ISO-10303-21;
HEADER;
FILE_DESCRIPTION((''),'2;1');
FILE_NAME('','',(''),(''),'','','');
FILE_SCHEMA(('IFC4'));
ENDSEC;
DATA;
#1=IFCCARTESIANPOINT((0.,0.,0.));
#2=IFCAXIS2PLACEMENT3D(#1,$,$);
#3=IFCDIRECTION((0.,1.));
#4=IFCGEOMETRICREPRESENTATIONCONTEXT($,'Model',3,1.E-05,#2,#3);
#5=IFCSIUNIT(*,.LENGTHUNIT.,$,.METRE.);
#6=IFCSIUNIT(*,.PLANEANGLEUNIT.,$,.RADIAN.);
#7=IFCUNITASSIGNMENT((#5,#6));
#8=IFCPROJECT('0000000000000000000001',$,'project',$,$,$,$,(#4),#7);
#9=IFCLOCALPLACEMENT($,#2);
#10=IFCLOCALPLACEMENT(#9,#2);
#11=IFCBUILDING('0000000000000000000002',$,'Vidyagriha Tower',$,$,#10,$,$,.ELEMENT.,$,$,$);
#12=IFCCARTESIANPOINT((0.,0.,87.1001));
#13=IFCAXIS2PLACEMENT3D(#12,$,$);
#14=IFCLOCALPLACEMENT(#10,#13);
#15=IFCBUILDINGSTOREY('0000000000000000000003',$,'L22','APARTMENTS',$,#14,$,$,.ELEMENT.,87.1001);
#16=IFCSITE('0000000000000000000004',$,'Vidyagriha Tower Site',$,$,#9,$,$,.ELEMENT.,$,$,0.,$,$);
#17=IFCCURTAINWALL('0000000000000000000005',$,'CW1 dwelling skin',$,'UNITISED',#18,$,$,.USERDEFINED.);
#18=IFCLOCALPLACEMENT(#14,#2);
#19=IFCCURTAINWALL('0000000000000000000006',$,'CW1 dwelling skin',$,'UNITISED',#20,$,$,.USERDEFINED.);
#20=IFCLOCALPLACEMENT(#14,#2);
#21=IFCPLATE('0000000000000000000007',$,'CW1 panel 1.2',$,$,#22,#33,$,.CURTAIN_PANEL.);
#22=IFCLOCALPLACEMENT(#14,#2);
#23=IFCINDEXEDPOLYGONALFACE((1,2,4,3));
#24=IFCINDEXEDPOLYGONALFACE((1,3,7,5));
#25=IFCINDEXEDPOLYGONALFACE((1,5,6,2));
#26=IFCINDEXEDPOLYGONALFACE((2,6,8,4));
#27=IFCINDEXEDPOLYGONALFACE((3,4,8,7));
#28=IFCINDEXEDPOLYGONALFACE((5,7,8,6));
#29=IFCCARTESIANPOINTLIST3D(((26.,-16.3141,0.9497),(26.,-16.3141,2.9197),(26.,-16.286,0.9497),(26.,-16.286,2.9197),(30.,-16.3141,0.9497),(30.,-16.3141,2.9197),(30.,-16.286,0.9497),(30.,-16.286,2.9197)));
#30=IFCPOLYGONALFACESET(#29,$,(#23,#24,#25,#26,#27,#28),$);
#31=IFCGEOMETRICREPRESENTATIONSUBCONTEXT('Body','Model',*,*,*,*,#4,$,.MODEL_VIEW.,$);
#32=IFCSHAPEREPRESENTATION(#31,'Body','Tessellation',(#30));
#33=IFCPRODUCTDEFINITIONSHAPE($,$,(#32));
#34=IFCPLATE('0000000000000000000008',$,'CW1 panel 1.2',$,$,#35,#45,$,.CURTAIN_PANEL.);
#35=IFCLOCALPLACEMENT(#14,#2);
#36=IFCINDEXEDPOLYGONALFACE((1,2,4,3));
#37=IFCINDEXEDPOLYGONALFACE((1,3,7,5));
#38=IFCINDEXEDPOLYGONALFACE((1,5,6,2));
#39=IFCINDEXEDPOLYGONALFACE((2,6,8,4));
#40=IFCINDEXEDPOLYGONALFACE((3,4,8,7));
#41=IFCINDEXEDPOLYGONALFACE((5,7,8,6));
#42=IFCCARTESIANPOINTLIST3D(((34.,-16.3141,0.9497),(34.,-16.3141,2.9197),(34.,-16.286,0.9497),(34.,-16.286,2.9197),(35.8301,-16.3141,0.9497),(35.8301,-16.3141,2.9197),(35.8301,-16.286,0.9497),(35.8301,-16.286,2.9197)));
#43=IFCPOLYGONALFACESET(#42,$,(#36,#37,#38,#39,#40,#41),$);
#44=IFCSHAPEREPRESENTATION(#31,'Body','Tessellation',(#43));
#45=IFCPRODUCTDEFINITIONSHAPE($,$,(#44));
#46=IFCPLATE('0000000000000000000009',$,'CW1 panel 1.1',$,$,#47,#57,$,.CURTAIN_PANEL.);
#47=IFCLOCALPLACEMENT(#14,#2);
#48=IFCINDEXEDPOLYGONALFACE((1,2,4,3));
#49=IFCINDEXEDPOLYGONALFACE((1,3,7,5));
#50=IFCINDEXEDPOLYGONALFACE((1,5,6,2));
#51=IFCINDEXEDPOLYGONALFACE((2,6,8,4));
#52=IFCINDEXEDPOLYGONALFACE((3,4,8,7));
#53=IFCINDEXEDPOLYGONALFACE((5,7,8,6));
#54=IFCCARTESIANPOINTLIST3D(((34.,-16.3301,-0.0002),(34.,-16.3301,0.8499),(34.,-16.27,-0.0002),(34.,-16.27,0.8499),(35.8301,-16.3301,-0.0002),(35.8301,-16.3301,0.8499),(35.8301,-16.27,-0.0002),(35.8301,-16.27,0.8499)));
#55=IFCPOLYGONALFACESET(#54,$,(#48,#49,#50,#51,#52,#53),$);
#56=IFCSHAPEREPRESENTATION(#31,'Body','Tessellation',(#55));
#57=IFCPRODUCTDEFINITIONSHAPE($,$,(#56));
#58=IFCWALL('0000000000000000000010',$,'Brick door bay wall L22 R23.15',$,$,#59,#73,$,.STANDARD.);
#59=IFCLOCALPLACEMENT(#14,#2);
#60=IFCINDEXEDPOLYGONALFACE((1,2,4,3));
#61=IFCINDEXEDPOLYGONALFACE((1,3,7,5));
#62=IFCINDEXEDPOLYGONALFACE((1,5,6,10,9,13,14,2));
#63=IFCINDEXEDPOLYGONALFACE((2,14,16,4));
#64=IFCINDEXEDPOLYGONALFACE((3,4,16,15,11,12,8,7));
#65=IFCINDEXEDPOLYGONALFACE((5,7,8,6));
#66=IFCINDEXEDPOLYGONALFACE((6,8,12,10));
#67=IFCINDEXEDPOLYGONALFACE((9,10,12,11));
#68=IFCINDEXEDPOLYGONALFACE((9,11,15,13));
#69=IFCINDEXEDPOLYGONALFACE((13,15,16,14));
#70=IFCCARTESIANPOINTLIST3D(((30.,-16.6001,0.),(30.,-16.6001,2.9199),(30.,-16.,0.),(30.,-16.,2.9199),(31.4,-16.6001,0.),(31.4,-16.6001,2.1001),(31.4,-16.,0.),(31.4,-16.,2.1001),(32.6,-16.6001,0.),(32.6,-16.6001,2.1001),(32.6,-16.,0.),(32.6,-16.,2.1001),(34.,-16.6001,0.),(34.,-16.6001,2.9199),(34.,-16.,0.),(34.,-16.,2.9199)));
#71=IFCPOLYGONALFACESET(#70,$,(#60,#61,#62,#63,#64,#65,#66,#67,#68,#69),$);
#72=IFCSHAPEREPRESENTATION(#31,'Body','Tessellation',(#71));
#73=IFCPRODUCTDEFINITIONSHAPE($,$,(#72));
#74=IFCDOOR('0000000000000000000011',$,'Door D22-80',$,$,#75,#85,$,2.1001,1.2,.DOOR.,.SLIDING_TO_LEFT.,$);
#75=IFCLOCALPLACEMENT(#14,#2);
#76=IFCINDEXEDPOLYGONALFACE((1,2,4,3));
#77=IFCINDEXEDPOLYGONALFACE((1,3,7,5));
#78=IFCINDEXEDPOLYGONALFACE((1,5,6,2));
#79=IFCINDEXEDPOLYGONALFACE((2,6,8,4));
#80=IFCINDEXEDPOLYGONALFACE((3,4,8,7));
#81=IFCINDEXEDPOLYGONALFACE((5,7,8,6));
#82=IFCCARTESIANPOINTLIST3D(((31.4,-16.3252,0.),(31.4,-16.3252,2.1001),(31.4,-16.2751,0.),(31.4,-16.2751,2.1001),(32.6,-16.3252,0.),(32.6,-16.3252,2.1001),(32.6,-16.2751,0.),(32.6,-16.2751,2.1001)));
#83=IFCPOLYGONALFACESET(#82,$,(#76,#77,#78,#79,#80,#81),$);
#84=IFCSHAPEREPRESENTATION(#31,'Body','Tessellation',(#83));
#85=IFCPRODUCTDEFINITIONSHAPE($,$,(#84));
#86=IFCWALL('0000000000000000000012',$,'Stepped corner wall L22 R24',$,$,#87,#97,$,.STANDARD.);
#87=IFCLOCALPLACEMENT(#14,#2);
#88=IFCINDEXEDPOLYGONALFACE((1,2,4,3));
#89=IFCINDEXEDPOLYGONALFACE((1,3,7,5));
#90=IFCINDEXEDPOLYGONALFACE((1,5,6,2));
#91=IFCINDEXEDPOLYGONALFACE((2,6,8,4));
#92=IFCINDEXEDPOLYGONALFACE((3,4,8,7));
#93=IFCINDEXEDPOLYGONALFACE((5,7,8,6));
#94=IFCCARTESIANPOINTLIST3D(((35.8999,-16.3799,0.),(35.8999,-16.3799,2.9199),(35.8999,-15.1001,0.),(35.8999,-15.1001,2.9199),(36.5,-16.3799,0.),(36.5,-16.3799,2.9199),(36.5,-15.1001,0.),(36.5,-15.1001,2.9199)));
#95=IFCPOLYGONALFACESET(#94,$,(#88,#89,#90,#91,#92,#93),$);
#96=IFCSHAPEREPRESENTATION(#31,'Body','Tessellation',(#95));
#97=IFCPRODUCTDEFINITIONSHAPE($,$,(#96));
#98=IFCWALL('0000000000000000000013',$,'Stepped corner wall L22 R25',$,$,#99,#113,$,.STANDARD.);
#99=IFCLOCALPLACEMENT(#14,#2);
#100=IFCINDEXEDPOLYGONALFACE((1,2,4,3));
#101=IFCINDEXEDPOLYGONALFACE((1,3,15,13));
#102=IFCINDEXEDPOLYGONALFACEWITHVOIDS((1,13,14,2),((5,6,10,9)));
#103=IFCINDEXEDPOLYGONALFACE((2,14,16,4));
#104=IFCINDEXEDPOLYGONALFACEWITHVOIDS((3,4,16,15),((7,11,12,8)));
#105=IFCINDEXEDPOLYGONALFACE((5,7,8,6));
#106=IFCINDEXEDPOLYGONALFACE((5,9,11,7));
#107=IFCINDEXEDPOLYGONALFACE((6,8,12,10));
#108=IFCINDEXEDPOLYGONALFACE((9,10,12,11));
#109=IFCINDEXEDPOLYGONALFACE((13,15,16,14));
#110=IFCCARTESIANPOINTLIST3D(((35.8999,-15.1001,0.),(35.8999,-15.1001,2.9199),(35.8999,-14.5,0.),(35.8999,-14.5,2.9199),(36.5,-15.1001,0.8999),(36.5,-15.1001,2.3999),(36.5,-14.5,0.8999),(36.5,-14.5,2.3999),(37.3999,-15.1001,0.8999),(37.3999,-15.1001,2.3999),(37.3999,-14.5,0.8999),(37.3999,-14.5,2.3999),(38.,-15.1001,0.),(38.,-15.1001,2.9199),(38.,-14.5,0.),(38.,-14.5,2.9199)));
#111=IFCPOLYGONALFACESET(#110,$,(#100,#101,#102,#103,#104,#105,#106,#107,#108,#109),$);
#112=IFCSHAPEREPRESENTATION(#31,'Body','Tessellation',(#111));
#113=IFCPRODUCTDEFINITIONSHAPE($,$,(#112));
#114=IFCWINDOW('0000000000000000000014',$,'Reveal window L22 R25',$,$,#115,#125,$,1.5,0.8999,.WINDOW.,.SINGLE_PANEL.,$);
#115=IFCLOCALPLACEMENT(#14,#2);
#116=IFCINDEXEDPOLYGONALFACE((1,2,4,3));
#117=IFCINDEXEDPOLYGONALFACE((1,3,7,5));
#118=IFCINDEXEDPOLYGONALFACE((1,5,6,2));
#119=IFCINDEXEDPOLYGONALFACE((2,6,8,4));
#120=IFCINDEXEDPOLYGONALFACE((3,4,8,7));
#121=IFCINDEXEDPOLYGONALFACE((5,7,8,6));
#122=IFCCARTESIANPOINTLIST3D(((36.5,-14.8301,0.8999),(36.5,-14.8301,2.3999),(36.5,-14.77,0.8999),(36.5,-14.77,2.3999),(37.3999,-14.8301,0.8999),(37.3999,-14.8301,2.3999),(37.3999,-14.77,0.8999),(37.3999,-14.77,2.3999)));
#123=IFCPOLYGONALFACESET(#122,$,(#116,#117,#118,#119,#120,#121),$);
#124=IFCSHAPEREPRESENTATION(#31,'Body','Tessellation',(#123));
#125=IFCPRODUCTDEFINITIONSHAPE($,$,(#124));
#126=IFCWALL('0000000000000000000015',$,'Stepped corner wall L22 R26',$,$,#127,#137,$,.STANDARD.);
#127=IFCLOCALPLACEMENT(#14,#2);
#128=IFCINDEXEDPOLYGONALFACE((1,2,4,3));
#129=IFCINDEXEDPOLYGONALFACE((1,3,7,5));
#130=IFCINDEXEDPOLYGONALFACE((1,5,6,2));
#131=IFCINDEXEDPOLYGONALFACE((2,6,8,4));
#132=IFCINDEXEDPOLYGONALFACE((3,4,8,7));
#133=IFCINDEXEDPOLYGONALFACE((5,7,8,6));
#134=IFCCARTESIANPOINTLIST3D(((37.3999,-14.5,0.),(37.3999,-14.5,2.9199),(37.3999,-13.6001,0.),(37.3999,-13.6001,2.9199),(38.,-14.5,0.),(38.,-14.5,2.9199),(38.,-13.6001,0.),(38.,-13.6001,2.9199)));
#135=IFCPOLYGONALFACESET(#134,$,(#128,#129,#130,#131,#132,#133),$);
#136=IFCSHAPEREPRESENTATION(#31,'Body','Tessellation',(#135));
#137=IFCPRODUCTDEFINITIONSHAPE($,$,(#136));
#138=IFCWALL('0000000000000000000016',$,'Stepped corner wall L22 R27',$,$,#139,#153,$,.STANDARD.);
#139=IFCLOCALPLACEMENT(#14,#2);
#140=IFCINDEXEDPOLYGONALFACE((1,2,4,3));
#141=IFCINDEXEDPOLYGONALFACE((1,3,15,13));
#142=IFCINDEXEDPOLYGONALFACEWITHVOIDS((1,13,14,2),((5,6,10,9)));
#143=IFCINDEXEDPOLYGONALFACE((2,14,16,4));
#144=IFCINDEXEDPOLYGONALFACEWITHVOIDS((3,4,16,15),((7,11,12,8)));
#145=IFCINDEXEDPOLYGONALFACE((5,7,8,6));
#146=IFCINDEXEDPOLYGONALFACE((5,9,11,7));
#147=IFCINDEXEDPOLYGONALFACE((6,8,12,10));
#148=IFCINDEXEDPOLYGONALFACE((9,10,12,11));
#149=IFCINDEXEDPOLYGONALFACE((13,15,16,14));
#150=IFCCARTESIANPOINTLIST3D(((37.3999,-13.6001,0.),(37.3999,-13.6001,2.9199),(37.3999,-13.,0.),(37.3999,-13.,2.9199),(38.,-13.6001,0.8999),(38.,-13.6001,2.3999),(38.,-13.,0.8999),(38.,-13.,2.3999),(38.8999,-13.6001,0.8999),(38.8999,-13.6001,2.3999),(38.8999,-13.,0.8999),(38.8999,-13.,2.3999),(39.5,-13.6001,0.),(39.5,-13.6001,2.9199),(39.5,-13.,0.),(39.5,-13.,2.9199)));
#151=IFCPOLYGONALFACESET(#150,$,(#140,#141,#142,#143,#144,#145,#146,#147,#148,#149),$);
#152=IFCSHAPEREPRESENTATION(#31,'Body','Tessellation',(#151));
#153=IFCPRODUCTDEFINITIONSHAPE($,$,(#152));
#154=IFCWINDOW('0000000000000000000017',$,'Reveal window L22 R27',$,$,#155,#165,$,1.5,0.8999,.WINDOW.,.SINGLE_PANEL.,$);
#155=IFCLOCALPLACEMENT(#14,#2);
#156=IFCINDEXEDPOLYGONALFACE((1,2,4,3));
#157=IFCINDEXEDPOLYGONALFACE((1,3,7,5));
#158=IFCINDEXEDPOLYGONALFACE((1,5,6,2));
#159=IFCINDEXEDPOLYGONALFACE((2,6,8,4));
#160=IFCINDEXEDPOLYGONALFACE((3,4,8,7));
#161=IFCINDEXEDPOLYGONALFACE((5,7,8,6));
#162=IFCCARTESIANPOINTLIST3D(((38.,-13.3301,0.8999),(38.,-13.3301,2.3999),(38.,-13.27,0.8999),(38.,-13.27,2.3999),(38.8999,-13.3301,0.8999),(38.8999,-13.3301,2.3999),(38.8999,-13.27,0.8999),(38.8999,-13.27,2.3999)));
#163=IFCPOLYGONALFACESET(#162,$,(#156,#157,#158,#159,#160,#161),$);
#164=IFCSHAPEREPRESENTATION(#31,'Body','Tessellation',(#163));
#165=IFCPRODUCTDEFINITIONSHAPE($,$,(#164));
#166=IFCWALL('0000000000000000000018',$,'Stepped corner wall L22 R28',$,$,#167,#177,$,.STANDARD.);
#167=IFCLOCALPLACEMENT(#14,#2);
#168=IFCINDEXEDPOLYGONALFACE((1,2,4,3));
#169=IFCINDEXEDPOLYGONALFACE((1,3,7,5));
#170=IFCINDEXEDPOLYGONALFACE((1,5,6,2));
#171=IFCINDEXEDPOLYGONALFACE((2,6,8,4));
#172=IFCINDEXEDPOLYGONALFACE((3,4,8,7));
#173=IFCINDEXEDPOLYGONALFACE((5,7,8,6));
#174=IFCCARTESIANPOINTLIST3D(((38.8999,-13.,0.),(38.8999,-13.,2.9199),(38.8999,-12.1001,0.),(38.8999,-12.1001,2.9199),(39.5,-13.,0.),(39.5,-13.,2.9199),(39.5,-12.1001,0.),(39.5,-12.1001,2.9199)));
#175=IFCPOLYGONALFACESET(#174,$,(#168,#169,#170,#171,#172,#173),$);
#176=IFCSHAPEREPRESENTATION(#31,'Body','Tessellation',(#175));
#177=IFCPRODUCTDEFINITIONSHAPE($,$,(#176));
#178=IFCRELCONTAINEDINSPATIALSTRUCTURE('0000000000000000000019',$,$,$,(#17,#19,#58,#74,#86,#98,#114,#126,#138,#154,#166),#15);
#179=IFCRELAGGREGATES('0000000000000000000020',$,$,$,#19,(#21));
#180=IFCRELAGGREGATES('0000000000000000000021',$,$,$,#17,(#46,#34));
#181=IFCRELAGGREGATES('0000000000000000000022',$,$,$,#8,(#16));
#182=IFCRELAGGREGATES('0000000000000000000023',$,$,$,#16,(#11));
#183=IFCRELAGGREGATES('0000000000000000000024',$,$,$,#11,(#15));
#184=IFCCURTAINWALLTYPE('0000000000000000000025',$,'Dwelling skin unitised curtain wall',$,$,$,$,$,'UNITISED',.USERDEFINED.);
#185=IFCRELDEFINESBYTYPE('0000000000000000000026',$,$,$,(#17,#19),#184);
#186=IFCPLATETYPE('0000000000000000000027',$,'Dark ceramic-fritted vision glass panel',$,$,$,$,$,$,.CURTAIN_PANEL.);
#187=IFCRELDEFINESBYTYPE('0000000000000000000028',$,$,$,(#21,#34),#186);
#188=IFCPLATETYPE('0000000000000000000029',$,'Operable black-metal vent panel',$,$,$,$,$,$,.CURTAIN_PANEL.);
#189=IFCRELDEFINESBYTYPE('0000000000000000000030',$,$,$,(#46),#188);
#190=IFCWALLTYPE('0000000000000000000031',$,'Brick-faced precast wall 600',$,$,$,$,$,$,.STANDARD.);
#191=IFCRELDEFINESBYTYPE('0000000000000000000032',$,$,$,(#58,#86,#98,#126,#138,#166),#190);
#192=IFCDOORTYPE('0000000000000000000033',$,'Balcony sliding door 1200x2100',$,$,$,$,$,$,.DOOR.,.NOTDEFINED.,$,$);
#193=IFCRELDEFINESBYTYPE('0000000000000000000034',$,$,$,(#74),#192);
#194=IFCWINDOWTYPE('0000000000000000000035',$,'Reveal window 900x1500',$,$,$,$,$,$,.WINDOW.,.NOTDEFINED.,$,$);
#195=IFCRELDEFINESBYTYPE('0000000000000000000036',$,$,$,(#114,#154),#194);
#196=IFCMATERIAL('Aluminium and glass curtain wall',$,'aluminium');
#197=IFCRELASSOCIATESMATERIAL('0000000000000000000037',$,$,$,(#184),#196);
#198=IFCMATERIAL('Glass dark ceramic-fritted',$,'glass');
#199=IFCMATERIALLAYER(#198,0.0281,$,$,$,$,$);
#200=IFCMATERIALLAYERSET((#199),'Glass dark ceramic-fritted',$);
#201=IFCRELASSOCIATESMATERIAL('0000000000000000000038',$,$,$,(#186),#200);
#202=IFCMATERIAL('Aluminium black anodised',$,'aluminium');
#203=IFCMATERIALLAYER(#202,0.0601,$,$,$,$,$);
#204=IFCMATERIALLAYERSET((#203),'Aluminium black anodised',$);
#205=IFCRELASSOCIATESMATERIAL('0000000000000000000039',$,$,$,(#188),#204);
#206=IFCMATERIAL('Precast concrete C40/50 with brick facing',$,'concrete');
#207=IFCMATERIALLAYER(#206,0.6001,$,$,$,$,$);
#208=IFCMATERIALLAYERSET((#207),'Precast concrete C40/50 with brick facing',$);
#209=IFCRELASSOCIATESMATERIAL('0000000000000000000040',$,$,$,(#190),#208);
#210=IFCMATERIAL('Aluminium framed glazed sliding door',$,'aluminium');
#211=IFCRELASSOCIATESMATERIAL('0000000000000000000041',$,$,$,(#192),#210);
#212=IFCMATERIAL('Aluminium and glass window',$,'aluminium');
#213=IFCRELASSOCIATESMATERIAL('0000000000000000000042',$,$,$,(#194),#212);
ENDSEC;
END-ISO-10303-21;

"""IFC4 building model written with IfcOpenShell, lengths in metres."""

from ifc_helpers import new_model, si_unit, direction, frame, frame_2d, origin, origin_2d, place, context, subcontext, project, spatial, rectangle, extrude, material, layer, layer_set, type_object, element, fill, aggregate, save


model = new_model("IFC4")

# Units and contexts
model_context = context("Model", 3, precision=1e-05, world=origin(), true_north=direction((0.0, 1.0)))
body_context = subcontext(model_context, "Body", "Model", "MODEL_VIEW")
ifc_project = project(units=[si_unit("LENGTHUNIT", "METRE"), si_unit("PLANEANGLEUNIT", "RADIAN")], contexts=[model_context])

# Site, building, storey
site_placement = place(None, origin())
site = spatial("IfcSite", under=ifc_project, at=site_placement, Name="Vidyagriha Tower Site", CompositionType="ELEMENT", RefElevation=0.0)
building_placement = place(site_placement, origin())
building = spatial("IfcBuilding", under=site, at=building_placement, Name="Vidyagriha Tower", CompositionType="ELEMENT")
storey_placement = place(building_placement, frame((0.0, 0.0, 87.1001)))
storey = spatial("IfcBuildingStorey", under=building, at=storey_placement, Name="L22", Description="APARTMENTS", CompositionType="ELEMENT", Elevation=87.1001)

# Curtain wall
ifc_material_1 = material(Name="Aluminium and glass curtain wall", Category="aluminium")
curtain_wall_type = type_object("IfcCurtainWallType", Name="Dwelling skin unitised curtain wall", ElementType="UNITISED", PredefinedType="USERDEFINED", material=ifc_material_1)
curtain_wall_1_placement = place(storey_placement, origin())
curtain_wall_1 = element("IfcCurtainWall", 1, at=curtain_wall_1_placement, inside=storey, type_object=curtain_wall_type, Name="CW1 dwelling skin", ObjectType="UNITISED", PredefinedType="USERDEFINED")

# Curtain wall, plate
curtain_wall_2_placement = place(storey_placement, origin())
curtain_wall_2 = element("IfcCurtainWall", 2, at=curtain_wall_2_placement, inside=storey, type_object=curtain_wall_type, Name="CW1 dwelling skin", ObjectType="UNITISED", PredefinedType="USERDEFINED")
ifc_material_2 = material(Name="Glass dark ceramic-fritted", Category="glass")
ifc_layer_1 = layer(ifc_material_2, 0.0281)
ifc_layer_set_1 = layer_set([ifc_layer_1], Name="Glass dark ceramic-fritted")
plate_type_1 = type_object("IfcPlateType", Name="Dark ceramic-fritted vision glass panel", PredefinedType="CURTAIN_PANEL", material=ifc_layer_set_1)
plate_1_placement = place(storey_placement, frame((28.0, -16.3, 0.9497)))
plate_1 = element("IfcPlate", 3, at=plate_1_placement, type_object=plate_type_1, Name="CW1 panel 1.2", PredefinedType="CURTAIN_PANEL", context=body_context, shape_type="SweptSolid", body=[
    extrude(rectangle(XDim=4.0, YDim=0.0281, at=origin_2d()), origin(), (0.0, 0.0, 1.0), 1.97),
])
aggregate(curtain_wall_2, [plate_1])

# Plates
plate_2_placement = place(storey_placement, frame((34.915, -16.3, 0.9497)))
plate_2 = element("IfcPlate", 4, at=plate_2_placement, type_object=plate_type_1, Name="CW1 panel 1.2", PredefinedType="CURTAIN_PANEL", context=body_context, shape_type="SweptSolid", body=[
    extrude(rectangle(XDim=1.8301, YDim=0.0281, at=origin_2d()), origin(), (0.0, 0.0, 1.0), 1.97),
])
ifc_material_3 = material(Name="Aluminium black anodised", Category="aluminium")
ifc_layer_2 = layer(ifc_material_3, 0.0601)
ifc_layer_set_2 = layer_set([ifc_layer_2], Name="Aluminium black anodised")
plate_type_2 = type_object("IfcPlateType", Name="Operable black-metal vent panel", PredefinedType="CURTAIN_PANEL", material=ifc_layer_set_2)
plate_3_placement = place(storey_placement, frame((34.915, -16.3, -0.0002)))
plate_3 = element("IfcPlate", 5, at=plate_3_placement, type_object=plate_type_2, Name="CW1 panel 1.1", PredefinedType="CURTAIN_PANEL", context=body_context, shape_type="SweptSolid", body=[
    extrude(rectangle(XDim=1.8301, YDim=0.0601, at=origin_2d()), origin(), (0.0, 0.0, 1.0), 0.8501),
])
aggregate(curtain_wall_1, [plate_3, plate_2])

# Wall, opening, door
ifc_material_4 = material(Name="Precast concrete C40/50 with brick facing", Category="concrete")
ifc_layer_3 = layer(ifc_material_4, 0.6001)
ifc_layer_set_3 = layer_set([ifc_layer_3], Name="Precast concrete C40/50 with brick facing")
wall_type_1 = type_object("IfcWallType", Name="Brick-faced precast wall 600", PredefinedType="STANDARD", material=ifc_layer_set_3)
wall_1_placement = place(storey_placement, frame((30.0, -16.3, 0.0)))
wall_1 = element("IfcWall", 6, at=wall_1_placement, inside=storey, type_object=wall_type_1, Name="Brick door bay wall L22 R23.15", PredefinedType="STANDARD", context=body_context, shape_type="SweptSolid", body=[
    extrude(rectangle(XDim=4.0, YDim=0.6001, at=frame_2d((2.0, 0.0))), origin(), (0.0, 0.0, 1.0), 2.9199),
])
opening_1_placement = place(wall_1_placement, frame((1.3999, 0.0, 0.0)))
opening_1 = element("IfcOpeningElement", 7, at=opening_1_placement, cuts=wall_1, PredefinedType="OPENING", context=body_context, shape_type="SweptSolid", body=[
    extrude(rectangle(XDim=1.2, YDim=2.1001, at=frame_2d((0.6001, 1.05))), frame((0.0, 0.3101, 0.0), z_axis=(0.0, -1.0, 0.0), x_axis=(1.0, 0.0, 0.0)), (0.0, 0.0, 1.0), 0.6201),
])
ifc_material_5 = material(Name="Aluminium framed glazed sliding door", Category="aluminium")
door_type = type_object("IfcDoorType", Name="Balcony sliding door 1200x2100", OperationType="NOTDEFINED", PredefinedType="DOOR", material=ifc_material_5)
door_placement = place(opening_1_placement, origin())
door = element("IfcDoor", 8, at=door_placement, inside=storey, type_object=door_type, Name="Door D22-80", OperationType="SLIDING_TO_LEFT", OverallHeight=2.1001, OverallWidth=1.2, PredefinedType="DOOR", context=body_context, shape_type="SweptSolid", body=[
    extrude(rectangle(XDim=1.2, YDim=2.1001, at=frame_2d((0.6001, 1.05))), frame((0.0, 0.0249, 0.0), z_axis=(0.0, -1.0, 0.0), x_axis=(1.0, 0.0, 0.0)), (0.0, 0.0, 1.0), 0.05),
])
fill(opening_1, door)

# Wall
wall_2_placement = place(storey_placement, frame((36.2, -16.3799, 0.0), z_axis=(0.0, 0.0, 1.0), x_axis=(0.0, 1.0, 0.0)))
element("IfcWall", 9, at=wall_2_placement, inside=storey, type_object=wall_type_1, Name="Stepped corner wall L22 R24", PredefinedType="STANDARD", context=body_context, shape_type="SweptSolid", body=[
    extrude(rectangle(XDim=1.2798, YDim=0.6001, at=frame_2d((0.6399, 0.0))), origin(), (0.0, 0.0, 1.0), 2.9199),
])

# Wall, opening, window
wall_3_placement = place(storey_placement, frame((35.8999, -14.8, 0.0)))
wall_3 = element("IfcWall", 10, at=wall_3_placement, inside=storey, type_object=wall_type_1, Name="Stepped corner wall L22 R25", PredefinedType="STANDARD", context=body_context, shape_type="SweptSolid", body=[
    extrude(rectangle(XDim=2.1001, YDim=0.6001, at=frame_2d((1.05, 0.0))), origin(), (0.0, 0.0, 1.0), 2.9199),
])
opening_2_placement = place(wall_3_placement, frame((0.6001, 0.0, 0.8999)))
opening_2 = element("IfcOpeningElement", 11, at=opening_2_placement, cuts=wall_3, PredefinedType="OPENING", context=body_context, shape_type="SweptSolid", body=[
    extrude(rectangle(XDim=0.8999, YDim=1.5, at=frame_2d((0.45, 0.75))), frame((0.0, 0.3101, 0.0), z_axis=(0.0, -1.0, 0.0), x_axis=(1.0, 0.0, 0.0)), (0.0, 0.0, 1.0), 0.6201),
])
ifc_material_6 = material(Name="Aluminium and glass window", Category="aluminium")
window_type = type_object("IfcWindowType", Name="Reveal window 900x1500", PartitioningType="NOTDEFINED", PredefinedType="WINDOW", material=ifc_material_6)
window_1_placement = place(opening_2_placement, origin())
window_1 = element("IfcWindow", 12, at=window_1_placement, inside=storey, type_object=window_type, Name="Reveal window L22 R25", OverallHeight=1.5, OverallWidth=0.8999, PartitioningType="SINGLE_PANEL", PredefinedType="WINDOW", context=body_context, shape_type="SweptSolid", body=[
    extrude(rectangle(XDim=0.8999, YDim=1.5, at=frame_2d((0.45, 0.75))), frame((0.0, 0.03, 0.0), z_axis=(0.0, -1.0, 0.0), x_axis=(1.0, 0.0, 0.0)), (0.0, 0.0, 1.0), 0.0601),
])
fill(opening_2, window_1)

# Wall
wall_4_placement = place(storey_placement, frame((37.7, -14.5, 0.0), z_axis=(0.0, 0.0, 1.0), x_axis=(0.0, 1.0, 0.0)))
element("IfcWall", 13, at=wall_4_placement, inside=storey, type_object=wall_type_1, Name="Stepped corner wall L22 R26", PredefinedType="STANDARD", context=body_context, shape_type="SweptSolid", body=[
    extrude(rectangle(XDim=0.8999, YDim=0.6001, at=frame_2d((0.45, 0.0))), origin(), (0.0, 0.0, 1.0), 2.9199),
])

# Wall, opening, window
wall_5_placement = place(storey_placement, frame((37.3999, -13.3, 0.0)))
wall_5 = element("IfcWall", 14, at=wall_5_placement, inside=storey, type_object=wall_type_1, Name="Stepped corner wall L22 R27", PredefinedType="STANDARD", context=body_context, shape_type="SweptSolid", body=[
    extrude(rectangle(XDim=2.1001, YDim=0.6001, at=frame_2d((1.05, 0.0))), origin(), (0.0, 0.0, 1.0), 2.9199),
])
opening_3_placement = place(wall_5_placement, frame((0.6001, 0.0, 0.8999)))
opening_3 = element("IfcOpeningElement", 15, at=opening_3_placement, cuts=wall_5, PredefinedType="OPENING", context=body_context, shape_type="SweptSolid", body=[
    extrude(rectangle(XDim=0.8999, YDim=1.5, at=frame_2d((0.45, 0.75))), frame((0.0, 0.3101, 0.0), z_axis=(0.0, -1.0, 0.0), x_axis=(1.0, 0.0, 0.0)), (0.0, 0.0, 1.0), 0.6201),
])
window_2_placement = place(opening_3_placement, origin())
window_2 = element("IfcWindow", 16, at=window_2_placement, inside=storey, type_object=window_type, Name="Reveal window L22 R27", OverallHeight=1.5, OverallWidth=0.8999, PartitioningType="SINGLE_PANEL", PredefinedType="WINDOW", context=body_context, shape_type="SweptSolid", body=[
    extrude(rectangle(XDim=0.8999, YDim=1.5, at=frame_2d((0.45, 0.75))), frame((0.0, 0.03, 0.0), z_axis=(0.0, -1.0, 0.0), x_axis=(1.0, 0.0, 0.0)), (0.0, 0.0, 1.0), 0.0601),
])
fill(opening_3, window_2)

# Wall
wall_6_placement = place(storey_placement, frame((39.2, -13.0, 0.0), z_axis=(0.0, 0.0, 1.0), x_axis=(0.0, 1.0, 0.0)))
element("IfcWall", 17, at=wall_6_placement, inside=storey, type_object=wall_type_1, Name="Stepped corner wall L22 R28", PredefinedType="STANDARD", context=body_context, shape_type="SweptSolid", body=[
    extrude(rectangle(XDim=0.8999, YDim=0.6001, at=frame_2d((0.45, 0.0))), origin(), (0.0, 0.0, 1.0), 2.9199),
])

save(model, "model.ifc")
